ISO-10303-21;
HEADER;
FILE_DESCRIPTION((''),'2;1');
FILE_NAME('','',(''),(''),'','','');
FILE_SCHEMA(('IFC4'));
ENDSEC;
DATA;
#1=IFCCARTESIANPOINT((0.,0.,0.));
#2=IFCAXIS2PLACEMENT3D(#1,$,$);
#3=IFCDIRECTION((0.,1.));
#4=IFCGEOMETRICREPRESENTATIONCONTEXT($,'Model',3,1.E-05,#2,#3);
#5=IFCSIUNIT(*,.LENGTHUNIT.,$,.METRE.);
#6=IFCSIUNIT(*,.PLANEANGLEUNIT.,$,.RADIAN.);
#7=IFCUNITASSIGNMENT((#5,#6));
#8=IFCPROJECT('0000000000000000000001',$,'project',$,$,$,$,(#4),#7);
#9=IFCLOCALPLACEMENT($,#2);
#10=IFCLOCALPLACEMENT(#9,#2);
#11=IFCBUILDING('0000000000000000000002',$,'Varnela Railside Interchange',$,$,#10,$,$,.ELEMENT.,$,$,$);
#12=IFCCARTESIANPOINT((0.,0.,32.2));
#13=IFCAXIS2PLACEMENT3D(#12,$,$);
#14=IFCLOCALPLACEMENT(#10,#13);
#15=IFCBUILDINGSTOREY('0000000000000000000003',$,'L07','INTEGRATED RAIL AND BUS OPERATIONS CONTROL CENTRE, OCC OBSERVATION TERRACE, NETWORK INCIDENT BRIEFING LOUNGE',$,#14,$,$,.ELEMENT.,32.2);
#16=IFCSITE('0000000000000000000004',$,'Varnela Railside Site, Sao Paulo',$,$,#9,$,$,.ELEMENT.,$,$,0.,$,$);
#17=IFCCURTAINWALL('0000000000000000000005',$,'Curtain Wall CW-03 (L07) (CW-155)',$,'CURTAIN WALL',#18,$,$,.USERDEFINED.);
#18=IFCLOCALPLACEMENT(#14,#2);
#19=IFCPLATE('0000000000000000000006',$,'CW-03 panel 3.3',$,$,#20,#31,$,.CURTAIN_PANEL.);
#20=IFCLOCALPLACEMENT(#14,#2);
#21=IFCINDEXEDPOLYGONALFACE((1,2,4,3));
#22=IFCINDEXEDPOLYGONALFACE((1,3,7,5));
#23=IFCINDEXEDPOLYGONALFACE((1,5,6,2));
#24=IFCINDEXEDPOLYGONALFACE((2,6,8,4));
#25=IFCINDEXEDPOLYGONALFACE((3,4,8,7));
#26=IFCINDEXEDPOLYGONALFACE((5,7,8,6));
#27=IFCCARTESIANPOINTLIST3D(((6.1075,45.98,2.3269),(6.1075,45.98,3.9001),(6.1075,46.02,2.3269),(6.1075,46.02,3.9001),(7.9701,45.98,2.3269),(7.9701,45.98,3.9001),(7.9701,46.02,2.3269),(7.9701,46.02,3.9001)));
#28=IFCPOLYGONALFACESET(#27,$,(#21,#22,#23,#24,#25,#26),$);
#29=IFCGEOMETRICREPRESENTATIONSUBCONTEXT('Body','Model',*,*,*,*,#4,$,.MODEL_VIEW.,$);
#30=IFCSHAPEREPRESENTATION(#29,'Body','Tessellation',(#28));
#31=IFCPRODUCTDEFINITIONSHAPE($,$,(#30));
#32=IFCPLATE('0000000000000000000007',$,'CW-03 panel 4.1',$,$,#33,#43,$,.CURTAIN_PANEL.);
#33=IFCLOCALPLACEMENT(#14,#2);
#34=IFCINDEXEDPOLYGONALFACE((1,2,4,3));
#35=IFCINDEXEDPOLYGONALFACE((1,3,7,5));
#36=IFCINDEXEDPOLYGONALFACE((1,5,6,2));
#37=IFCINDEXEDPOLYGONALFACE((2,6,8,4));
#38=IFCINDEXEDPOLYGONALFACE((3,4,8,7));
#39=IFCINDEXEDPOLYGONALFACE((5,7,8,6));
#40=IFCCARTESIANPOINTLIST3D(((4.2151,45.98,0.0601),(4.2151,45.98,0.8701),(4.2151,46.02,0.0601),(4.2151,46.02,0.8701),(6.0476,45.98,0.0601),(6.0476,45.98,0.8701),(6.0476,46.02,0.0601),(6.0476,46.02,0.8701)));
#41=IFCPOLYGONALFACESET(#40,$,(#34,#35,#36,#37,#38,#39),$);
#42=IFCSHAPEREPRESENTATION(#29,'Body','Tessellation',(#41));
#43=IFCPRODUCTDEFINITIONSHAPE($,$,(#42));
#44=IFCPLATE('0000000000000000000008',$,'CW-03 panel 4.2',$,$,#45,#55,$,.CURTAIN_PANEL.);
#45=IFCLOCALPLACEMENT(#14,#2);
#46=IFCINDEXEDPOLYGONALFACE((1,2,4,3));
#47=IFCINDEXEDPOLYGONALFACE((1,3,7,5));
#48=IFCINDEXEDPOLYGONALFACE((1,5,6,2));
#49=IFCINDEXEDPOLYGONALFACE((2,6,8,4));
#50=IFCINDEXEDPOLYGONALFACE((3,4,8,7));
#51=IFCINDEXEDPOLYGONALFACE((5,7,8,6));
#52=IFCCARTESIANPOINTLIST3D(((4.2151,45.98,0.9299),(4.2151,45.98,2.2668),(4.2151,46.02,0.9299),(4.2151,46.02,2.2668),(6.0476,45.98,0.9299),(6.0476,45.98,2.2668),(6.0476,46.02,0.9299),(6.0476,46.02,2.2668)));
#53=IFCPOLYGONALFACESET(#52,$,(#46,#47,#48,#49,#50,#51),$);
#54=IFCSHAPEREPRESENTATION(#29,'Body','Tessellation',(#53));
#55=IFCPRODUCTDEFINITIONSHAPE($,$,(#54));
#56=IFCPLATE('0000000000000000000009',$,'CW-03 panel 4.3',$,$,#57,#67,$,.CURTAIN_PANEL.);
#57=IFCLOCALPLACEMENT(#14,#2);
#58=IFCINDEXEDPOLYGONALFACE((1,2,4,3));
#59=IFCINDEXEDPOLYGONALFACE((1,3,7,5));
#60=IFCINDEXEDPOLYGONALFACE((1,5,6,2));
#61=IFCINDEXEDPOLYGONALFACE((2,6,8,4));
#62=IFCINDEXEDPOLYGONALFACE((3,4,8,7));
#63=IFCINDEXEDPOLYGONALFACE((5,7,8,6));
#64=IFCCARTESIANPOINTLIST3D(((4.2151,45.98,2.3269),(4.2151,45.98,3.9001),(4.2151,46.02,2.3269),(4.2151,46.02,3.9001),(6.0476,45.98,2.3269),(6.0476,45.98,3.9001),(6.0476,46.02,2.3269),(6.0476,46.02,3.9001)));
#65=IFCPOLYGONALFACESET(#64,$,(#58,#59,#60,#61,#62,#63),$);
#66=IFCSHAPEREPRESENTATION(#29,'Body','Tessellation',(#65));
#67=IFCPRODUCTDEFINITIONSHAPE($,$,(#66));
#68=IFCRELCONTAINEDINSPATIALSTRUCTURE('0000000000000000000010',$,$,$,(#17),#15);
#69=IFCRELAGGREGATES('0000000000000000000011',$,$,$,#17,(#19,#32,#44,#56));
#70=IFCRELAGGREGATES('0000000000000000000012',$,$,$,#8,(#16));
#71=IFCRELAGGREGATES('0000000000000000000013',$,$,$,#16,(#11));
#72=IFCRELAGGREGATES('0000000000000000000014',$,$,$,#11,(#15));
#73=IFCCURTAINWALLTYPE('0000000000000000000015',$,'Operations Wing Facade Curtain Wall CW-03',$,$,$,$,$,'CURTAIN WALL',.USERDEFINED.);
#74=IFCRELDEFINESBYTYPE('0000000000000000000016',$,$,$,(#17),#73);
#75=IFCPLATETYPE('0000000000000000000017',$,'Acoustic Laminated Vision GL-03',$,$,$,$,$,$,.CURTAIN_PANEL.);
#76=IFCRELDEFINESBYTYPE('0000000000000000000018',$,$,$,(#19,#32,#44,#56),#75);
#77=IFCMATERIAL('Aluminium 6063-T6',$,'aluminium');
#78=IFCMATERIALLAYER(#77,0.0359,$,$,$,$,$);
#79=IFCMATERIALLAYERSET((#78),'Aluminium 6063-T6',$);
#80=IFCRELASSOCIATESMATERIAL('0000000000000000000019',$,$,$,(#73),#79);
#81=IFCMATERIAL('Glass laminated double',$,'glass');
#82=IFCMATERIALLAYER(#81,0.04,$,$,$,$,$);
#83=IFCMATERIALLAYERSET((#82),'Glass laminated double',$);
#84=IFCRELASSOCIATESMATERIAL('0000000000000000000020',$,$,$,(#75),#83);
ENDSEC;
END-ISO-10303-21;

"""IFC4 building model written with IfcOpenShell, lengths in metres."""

from ifc_helpers import new_model, si_unit, direction, frame, origin, origin_2d, place, context, subcontext, project, spatial, rectangle, extrude, material, layer, layer_set, type_object, element, aggregate, save


model = new_model("IFC4")

# Units and contexts
model_context = context("Model", 3, precision=1e-05, world=origin(), true_north=direction((0.0, 1.0)))
body_context = subcontext(model_context, "Body", "Model", "MODEL_VIEW")
ifc_project = project(units=[si_unit("LENGTHUNIT", "METRE"), si_unit("PLANEANGLEUNIT", "RADIAN")], contexts=[model_context])

# Site, building, storey
site_placement = place(None, origin())
site = spatial("IfcSite", under=ifc_project, at=site_placement, Name="Varnela Railside Site, Sao Paulo", CompositionType="ELEMENT", RefElevation=0.0)
building_placement = place(site_placement, origin())
building = spatial("IfcBuilding", under=site, at=building_placement, Name="Varnela Railside Interchange", CompositionType="ELEMENT")
storey_placement = place(building_placement, frame((0.0, 0.0, 32.2)))
storey = spatial("IfcBuildingStorey", under=building, at=storey_placement, Name="L07", Description="INTEGRATED RAIL AND BUS OPERATIONS CONTROL CENTRE, OCC OBSERVATION TERRACE, NETWORK INCIDENT BRIEFING LOUNGE", CompositionType="ELEMENT", Elevation=32.2)

# Curtain wall
ifc_material_1 = material(Name="Aluminium 6063-T6", Category="aluminium")
ifc_layer_1 = layer(ifc_material_1, 0.0359)
ifc_layer_set_1 = layer_set([ifc_layer_1], Name="Aluminium 6063-T6")
curtain_wall_type = type_object("IfcCurtainWallType", Name="Operations Wing Facade Curtain Wall CW-03", ElementType="CURTAIN WALL", PredefinedType="USERDEFINED", material=ifc_layer_set_1)
curtain_wall_placement = place(storey_placement, origin())
curtain_wall = element("IfcCurtainWall", 1, at=curtain_wall_placement, inside=storey, type_object=curtain_wall_type, Name="Curtain Wall CW-03 (L07) (CW-155)", ObjectType="CURTAIN WALL", PredefinedType="USERDEFINED")

# Plates
ifc_material_2 = material(Name="Glass laminated double", Category="glass")
ifc_layer_2 = layer(ifc_material_2, 0.04)
ifc_layer_set_2 = layer_set([ifc_layer_2], Name="Glass laminated double")
plate_type = type_object("IfcPlateType", Name="Acoustic Laminated Vision GL-03", PredefinedType="CURTAIN_PANEL", material=ifc_layer_set_2)
plate_1_placement = place(storey_placement, frame((7.0388, 46.0, 2.3269), z_axis=(0.0, 0.0, 1.0), x_axis=(-1.0, 0.0, 0.0)))
plate_1 = element("IfcPlate", 2, at=plate_1_placement, type_object=plate_type, Name="CW-03 panel 3.3", PredefinedType="CURTAIN_PANEL", context=body_context, shape_type="SweptSolid", body=[
    extrude(rectangle(XDim=1.8625, YDim=0.04, at=origin_2d()), origin(), (0.0, 0.0, 1.0), 1.5732),
])
plate_2_placement = place(storey_placement, frame((5.1313, 46.0, 0.0601), z_axis=(0.0, 0.0, 1.0), x_axis=(-1.0, 0.0, 0.0)))
plate_2 = element("IfcPlate", 3, at=plate_2_placement, type_object=plate_type, Name="CW-03 panel 4.1", PredefinedType="CURTAIN_PANEL", context=body_context, shape_type="SweptSolid", body=[
    extrude(rectangle(XDim=1.8325, YDim=0.04, at=origin_2d()), origin(), (0.0, 0.0, 1.0), 0.8101),
])
plate_3_placement = place(storey_placement, frame((5.1313, 46.0, 0.9299), z_axis=(0.0, 0.0, 1.0), x_axis=(-1.0, 0.0, 0.0)))
plate_3 = element("IfcPlate", 4, at=plate_3_placement, type_object=plate_type, Name="CW-03 panel 4.2", PredefinedType="CURTAIN_PANEL", context=body_context, shape_type="SweptSolid", body=[
    extrude(rectangle(XDim=1.8325, YDim=0.04, at=origin_2d()), origin(), (0.0, 0.0, 1.0), 1.3369),
])
plate_4_placement = place(storey_placement, frame((5.1313, 46.0, 2.3269), z_axis=(0.0, 0.0, 1.0), x_axis=(-1.0, 0.0, 0.0)))
plate_4 = element("IfcPlate", 5, at=plate_4_placement, type_object=plate_type, Name="CW-03 panel 4.3", PredefinedType="CURTAIN_PANEL", context=body_context, shape_type="SweptSolid", body=[
    extrude(rectangle(XDim=1.8325, YDim=0.04, at=origin_2d()), origin(), (0.0, 0.0, 1.0), 1.5732),
])
aggregate(curtain_wall, [plate_1, plate_2, plate_3, plate_4])

save(model, "model.ifc")
